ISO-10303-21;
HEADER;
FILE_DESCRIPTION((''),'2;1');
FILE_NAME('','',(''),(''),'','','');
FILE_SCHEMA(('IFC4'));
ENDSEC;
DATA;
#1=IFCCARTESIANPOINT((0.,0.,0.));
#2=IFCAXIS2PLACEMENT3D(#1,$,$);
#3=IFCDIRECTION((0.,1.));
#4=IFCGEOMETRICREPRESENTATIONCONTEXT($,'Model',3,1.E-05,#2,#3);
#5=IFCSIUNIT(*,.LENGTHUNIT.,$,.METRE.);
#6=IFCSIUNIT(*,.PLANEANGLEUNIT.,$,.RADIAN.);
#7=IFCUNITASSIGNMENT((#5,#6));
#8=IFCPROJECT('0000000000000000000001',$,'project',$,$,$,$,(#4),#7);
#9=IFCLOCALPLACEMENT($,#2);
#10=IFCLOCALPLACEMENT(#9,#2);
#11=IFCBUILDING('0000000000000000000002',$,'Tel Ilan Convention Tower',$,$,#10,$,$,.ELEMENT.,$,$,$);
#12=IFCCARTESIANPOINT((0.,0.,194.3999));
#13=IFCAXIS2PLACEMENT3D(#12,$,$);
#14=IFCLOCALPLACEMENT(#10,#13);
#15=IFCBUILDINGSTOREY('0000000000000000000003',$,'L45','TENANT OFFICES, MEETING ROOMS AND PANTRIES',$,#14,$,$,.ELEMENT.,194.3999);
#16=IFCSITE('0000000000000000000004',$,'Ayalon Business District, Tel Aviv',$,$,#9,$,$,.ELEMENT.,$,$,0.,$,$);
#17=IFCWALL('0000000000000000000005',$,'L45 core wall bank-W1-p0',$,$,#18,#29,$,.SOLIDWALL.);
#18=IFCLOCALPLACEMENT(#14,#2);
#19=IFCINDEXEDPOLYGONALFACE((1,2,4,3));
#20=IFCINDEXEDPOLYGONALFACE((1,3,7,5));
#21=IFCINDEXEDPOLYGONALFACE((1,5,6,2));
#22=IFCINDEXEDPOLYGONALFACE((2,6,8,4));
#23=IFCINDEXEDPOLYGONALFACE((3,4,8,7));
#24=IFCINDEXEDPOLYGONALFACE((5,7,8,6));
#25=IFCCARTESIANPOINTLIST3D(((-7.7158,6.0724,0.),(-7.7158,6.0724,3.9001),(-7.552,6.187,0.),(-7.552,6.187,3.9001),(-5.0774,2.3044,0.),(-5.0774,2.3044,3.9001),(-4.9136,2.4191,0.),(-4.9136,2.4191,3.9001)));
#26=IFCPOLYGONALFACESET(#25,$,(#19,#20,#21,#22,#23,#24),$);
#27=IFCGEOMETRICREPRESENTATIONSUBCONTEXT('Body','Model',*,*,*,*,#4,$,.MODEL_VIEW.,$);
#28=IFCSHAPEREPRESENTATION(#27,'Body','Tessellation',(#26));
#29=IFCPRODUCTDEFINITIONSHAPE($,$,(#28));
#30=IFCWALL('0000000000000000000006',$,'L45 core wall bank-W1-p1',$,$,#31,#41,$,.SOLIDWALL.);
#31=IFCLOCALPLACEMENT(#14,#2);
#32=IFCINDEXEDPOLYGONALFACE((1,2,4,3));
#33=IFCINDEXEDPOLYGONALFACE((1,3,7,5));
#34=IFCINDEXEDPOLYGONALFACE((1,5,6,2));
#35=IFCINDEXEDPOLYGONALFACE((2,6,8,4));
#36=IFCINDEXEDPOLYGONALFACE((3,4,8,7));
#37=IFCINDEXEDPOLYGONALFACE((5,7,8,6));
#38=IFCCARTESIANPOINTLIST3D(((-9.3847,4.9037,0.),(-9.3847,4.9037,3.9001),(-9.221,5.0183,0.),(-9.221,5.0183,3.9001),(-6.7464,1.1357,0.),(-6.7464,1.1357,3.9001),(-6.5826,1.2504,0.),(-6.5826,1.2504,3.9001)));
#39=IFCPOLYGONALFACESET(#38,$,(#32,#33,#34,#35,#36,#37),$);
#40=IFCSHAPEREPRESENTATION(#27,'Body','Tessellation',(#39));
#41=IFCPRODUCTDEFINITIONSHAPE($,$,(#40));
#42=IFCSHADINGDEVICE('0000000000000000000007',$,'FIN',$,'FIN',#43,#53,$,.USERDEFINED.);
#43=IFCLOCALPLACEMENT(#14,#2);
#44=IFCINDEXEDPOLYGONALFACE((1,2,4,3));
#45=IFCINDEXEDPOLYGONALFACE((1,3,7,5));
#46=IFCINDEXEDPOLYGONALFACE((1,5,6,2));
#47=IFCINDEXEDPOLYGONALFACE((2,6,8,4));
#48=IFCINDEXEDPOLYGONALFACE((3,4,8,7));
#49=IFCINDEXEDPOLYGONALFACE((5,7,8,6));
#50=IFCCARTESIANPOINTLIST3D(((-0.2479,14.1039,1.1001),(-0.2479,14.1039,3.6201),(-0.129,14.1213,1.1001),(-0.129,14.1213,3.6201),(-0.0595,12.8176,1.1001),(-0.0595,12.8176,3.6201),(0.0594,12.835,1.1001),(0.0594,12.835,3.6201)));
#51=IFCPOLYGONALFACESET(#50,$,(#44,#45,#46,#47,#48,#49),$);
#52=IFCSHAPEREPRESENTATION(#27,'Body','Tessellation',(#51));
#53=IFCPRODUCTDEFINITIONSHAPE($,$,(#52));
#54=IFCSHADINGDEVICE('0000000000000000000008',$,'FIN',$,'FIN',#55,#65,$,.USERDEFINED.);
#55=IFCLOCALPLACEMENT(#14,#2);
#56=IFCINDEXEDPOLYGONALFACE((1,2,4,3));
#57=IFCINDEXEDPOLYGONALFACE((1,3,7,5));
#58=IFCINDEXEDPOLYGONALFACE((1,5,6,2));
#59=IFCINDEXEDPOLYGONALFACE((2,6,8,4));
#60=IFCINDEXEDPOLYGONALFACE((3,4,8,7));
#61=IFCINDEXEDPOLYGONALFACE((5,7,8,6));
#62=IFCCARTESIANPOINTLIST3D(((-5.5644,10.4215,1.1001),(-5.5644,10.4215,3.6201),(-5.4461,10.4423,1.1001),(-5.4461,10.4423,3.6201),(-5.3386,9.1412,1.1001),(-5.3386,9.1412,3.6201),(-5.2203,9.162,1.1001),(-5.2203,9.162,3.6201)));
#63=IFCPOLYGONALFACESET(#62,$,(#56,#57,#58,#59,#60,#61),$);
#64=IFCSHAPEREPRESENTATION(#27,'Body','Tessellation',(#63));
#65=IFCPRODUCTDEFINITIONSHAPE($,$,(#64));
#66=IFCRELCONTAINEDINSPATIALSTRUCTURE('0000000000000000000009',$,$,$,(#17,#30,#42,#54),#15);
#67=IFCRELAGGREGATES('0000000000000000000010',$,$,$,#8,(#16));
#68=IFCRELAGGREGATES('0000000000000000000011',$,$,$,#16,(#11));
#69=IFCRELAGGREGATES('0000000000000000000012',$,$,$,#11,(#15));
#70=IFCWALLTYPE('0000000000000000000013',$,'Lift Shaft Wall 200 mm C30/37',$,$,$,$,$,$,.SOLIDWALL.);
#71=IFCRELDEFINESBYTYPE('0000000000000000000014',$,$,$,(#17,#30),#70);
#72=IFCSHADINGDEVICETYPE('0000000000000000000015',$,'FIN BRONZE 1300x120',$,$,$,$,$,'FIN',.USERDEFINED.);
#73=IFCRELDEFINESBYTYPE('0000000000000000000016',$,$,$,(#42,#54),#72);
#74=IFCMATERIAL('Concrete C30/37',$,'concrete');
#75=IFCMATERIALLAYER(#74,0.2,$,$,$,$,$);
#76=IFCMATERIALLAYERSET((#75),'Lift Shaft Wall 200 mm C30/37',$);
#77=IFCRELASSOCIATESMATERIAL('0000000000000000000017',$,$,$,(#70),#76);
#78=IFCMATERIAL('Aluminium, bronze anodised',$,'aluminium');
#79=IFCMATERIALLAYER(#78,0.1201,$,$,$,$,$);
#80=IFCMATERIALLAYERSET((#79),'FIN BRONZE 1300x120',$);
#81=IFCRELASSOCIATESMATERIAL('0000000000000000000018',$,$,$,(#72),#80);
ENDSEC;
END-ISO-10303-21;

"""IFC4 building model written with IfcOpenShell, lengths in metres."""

from ifc_helpers import new_model, si_unit, direction, frame, frame_2d, origin, origin_2d, place, context, subcontext, project, spatial, rectangle, extrude, material, layer, layer_set, type_object, element, save


model = new_model("IFC4")

# Units and contexts
model_context = context("Model", 3, precision=1e-05, world=origin(), true_north=direction((0.0, 1.0)))
body_context = subcontext(model_context, "Body", "Model", "MODEL_VIEW")
ifc_project = project(units=[si_unit("LENGTHUNIT", "METRE"), si_unit("PLANEANGLEUNIT", "RADIAN")], contexts=[model_context])

# Site, building, storey
site_placement = place(None, origin())
site = spatial("IfcSite", under=ifc_project, at=site_placement, Name="Ayalon Business District, Tel Aviv", CompositionType="ELEMENT", RefElevation=0.0)
building_placement = place(site_placement, origin())
building = spatial("IfcBuilding", under=site, at=building_placement, Name="Tel Ilan Convention Tower", CompositionType="ELEMENT")
storey_placement = place(building_placement, frame((0.0, 0.0, 194.3999)))
storey = spatial("IfcBuildingStorey", under=building, at=storey_placement, Name="L45", Description="TENANT OFFICES, MEETING ROOMS AND PANTRIES", CompositionType="ELEMENT", Elevation=194.3999)

# Walls
ifc_material_1 = material(Name="Concrete C30/37", Category="concrete")
ifc_layer_1 = layer(ifc_material_1, 0.2)
ifc_layer_set_1 = layer_set([ifc_layer_1], Name="Lift Shaft Wall 200 mm C30/37")
wall_type_1 = type_object("IfcWallType", Name="Lift Shaft Wall 200 mm C30/37", PredefinedType="SOLIDWALL", material=ifc_layer_set_1)
for number, where, z_axis, x_axis, name in (
    (1, (-4.9956, 2.3618, 0.0), (0.0, 0.0, 1.0), (-0.573576, 0.819152, 0.0), "L45 core wall bank-W1-p0"),
    (2, (-6.6646, 1.1931, 0.0), (0.0, 0.0, 1.0), (-0.573576, 0.819152, 0.0), "L45 core wall bank-W1-p1"),
):
    element("IfcWall", number, at=place(storey_placement, frame(where, z_axis=z_axis, x_axis=x_axis)), inside=storey, type_object=wall_type_1, Name=name, PredefinedType="SOLIDWALL", context=body_context, shape_type="SweptSolid", body=[
        extrude(rectangle(XDim=4.5999, YDim=0.2, at=frame_2d((2.2998, 0.0))), origin(), (0.0, 0.0, 1.0), 3.9001),
    ])

# Shading devices
ifc_material_2 = material(Name="Aluminium, bronze anodised", Category="aluminium")
ifc_layer_2 = layer(ifc_material_2, 0.1201)
ifc_layer_set_2 = layer_set([ifc_layer_2], Name="FIN BRONZE 1300x120")
shading_device_type = type_object("IfcShadingDeviceType", Name="FIN BRONZE 1300x120", ElementType="FIN", PredefinedType="USERDEFINED", material=ifc_layer_set_2)
for number, where, z_axis, x_axis, name in (
    (3, (-0.0942, 13.4695, 1.1001), (0.0, 0.0, 1.0), (-0.144932, 0.989442, 0.0), "FIN"),
    (4, (-5.3923, 9.7917, 1.1001), (0.0, 0.0, 1.0), (-0.173648, 0.984808, 0.0), "FIN"),
):
    element("IfcShadingDevice", number, at=place(storey_placement, frame(where, z_axis=z_axis, x_axis=x_axis)), inside=storey, type_object=shading_device_type, Name=name, ObjectType="FIN", PredefinedType="USERDEFINED", context=body_context, shape_type="SweptSolid", body=[
        extrude(rectangle(XDim=1.3, YDim=0.1201, at=origin_2d()), origin(), (0.0, 0.0, 1.0), 2.52),
    ])

save(model, "model.ifc")
